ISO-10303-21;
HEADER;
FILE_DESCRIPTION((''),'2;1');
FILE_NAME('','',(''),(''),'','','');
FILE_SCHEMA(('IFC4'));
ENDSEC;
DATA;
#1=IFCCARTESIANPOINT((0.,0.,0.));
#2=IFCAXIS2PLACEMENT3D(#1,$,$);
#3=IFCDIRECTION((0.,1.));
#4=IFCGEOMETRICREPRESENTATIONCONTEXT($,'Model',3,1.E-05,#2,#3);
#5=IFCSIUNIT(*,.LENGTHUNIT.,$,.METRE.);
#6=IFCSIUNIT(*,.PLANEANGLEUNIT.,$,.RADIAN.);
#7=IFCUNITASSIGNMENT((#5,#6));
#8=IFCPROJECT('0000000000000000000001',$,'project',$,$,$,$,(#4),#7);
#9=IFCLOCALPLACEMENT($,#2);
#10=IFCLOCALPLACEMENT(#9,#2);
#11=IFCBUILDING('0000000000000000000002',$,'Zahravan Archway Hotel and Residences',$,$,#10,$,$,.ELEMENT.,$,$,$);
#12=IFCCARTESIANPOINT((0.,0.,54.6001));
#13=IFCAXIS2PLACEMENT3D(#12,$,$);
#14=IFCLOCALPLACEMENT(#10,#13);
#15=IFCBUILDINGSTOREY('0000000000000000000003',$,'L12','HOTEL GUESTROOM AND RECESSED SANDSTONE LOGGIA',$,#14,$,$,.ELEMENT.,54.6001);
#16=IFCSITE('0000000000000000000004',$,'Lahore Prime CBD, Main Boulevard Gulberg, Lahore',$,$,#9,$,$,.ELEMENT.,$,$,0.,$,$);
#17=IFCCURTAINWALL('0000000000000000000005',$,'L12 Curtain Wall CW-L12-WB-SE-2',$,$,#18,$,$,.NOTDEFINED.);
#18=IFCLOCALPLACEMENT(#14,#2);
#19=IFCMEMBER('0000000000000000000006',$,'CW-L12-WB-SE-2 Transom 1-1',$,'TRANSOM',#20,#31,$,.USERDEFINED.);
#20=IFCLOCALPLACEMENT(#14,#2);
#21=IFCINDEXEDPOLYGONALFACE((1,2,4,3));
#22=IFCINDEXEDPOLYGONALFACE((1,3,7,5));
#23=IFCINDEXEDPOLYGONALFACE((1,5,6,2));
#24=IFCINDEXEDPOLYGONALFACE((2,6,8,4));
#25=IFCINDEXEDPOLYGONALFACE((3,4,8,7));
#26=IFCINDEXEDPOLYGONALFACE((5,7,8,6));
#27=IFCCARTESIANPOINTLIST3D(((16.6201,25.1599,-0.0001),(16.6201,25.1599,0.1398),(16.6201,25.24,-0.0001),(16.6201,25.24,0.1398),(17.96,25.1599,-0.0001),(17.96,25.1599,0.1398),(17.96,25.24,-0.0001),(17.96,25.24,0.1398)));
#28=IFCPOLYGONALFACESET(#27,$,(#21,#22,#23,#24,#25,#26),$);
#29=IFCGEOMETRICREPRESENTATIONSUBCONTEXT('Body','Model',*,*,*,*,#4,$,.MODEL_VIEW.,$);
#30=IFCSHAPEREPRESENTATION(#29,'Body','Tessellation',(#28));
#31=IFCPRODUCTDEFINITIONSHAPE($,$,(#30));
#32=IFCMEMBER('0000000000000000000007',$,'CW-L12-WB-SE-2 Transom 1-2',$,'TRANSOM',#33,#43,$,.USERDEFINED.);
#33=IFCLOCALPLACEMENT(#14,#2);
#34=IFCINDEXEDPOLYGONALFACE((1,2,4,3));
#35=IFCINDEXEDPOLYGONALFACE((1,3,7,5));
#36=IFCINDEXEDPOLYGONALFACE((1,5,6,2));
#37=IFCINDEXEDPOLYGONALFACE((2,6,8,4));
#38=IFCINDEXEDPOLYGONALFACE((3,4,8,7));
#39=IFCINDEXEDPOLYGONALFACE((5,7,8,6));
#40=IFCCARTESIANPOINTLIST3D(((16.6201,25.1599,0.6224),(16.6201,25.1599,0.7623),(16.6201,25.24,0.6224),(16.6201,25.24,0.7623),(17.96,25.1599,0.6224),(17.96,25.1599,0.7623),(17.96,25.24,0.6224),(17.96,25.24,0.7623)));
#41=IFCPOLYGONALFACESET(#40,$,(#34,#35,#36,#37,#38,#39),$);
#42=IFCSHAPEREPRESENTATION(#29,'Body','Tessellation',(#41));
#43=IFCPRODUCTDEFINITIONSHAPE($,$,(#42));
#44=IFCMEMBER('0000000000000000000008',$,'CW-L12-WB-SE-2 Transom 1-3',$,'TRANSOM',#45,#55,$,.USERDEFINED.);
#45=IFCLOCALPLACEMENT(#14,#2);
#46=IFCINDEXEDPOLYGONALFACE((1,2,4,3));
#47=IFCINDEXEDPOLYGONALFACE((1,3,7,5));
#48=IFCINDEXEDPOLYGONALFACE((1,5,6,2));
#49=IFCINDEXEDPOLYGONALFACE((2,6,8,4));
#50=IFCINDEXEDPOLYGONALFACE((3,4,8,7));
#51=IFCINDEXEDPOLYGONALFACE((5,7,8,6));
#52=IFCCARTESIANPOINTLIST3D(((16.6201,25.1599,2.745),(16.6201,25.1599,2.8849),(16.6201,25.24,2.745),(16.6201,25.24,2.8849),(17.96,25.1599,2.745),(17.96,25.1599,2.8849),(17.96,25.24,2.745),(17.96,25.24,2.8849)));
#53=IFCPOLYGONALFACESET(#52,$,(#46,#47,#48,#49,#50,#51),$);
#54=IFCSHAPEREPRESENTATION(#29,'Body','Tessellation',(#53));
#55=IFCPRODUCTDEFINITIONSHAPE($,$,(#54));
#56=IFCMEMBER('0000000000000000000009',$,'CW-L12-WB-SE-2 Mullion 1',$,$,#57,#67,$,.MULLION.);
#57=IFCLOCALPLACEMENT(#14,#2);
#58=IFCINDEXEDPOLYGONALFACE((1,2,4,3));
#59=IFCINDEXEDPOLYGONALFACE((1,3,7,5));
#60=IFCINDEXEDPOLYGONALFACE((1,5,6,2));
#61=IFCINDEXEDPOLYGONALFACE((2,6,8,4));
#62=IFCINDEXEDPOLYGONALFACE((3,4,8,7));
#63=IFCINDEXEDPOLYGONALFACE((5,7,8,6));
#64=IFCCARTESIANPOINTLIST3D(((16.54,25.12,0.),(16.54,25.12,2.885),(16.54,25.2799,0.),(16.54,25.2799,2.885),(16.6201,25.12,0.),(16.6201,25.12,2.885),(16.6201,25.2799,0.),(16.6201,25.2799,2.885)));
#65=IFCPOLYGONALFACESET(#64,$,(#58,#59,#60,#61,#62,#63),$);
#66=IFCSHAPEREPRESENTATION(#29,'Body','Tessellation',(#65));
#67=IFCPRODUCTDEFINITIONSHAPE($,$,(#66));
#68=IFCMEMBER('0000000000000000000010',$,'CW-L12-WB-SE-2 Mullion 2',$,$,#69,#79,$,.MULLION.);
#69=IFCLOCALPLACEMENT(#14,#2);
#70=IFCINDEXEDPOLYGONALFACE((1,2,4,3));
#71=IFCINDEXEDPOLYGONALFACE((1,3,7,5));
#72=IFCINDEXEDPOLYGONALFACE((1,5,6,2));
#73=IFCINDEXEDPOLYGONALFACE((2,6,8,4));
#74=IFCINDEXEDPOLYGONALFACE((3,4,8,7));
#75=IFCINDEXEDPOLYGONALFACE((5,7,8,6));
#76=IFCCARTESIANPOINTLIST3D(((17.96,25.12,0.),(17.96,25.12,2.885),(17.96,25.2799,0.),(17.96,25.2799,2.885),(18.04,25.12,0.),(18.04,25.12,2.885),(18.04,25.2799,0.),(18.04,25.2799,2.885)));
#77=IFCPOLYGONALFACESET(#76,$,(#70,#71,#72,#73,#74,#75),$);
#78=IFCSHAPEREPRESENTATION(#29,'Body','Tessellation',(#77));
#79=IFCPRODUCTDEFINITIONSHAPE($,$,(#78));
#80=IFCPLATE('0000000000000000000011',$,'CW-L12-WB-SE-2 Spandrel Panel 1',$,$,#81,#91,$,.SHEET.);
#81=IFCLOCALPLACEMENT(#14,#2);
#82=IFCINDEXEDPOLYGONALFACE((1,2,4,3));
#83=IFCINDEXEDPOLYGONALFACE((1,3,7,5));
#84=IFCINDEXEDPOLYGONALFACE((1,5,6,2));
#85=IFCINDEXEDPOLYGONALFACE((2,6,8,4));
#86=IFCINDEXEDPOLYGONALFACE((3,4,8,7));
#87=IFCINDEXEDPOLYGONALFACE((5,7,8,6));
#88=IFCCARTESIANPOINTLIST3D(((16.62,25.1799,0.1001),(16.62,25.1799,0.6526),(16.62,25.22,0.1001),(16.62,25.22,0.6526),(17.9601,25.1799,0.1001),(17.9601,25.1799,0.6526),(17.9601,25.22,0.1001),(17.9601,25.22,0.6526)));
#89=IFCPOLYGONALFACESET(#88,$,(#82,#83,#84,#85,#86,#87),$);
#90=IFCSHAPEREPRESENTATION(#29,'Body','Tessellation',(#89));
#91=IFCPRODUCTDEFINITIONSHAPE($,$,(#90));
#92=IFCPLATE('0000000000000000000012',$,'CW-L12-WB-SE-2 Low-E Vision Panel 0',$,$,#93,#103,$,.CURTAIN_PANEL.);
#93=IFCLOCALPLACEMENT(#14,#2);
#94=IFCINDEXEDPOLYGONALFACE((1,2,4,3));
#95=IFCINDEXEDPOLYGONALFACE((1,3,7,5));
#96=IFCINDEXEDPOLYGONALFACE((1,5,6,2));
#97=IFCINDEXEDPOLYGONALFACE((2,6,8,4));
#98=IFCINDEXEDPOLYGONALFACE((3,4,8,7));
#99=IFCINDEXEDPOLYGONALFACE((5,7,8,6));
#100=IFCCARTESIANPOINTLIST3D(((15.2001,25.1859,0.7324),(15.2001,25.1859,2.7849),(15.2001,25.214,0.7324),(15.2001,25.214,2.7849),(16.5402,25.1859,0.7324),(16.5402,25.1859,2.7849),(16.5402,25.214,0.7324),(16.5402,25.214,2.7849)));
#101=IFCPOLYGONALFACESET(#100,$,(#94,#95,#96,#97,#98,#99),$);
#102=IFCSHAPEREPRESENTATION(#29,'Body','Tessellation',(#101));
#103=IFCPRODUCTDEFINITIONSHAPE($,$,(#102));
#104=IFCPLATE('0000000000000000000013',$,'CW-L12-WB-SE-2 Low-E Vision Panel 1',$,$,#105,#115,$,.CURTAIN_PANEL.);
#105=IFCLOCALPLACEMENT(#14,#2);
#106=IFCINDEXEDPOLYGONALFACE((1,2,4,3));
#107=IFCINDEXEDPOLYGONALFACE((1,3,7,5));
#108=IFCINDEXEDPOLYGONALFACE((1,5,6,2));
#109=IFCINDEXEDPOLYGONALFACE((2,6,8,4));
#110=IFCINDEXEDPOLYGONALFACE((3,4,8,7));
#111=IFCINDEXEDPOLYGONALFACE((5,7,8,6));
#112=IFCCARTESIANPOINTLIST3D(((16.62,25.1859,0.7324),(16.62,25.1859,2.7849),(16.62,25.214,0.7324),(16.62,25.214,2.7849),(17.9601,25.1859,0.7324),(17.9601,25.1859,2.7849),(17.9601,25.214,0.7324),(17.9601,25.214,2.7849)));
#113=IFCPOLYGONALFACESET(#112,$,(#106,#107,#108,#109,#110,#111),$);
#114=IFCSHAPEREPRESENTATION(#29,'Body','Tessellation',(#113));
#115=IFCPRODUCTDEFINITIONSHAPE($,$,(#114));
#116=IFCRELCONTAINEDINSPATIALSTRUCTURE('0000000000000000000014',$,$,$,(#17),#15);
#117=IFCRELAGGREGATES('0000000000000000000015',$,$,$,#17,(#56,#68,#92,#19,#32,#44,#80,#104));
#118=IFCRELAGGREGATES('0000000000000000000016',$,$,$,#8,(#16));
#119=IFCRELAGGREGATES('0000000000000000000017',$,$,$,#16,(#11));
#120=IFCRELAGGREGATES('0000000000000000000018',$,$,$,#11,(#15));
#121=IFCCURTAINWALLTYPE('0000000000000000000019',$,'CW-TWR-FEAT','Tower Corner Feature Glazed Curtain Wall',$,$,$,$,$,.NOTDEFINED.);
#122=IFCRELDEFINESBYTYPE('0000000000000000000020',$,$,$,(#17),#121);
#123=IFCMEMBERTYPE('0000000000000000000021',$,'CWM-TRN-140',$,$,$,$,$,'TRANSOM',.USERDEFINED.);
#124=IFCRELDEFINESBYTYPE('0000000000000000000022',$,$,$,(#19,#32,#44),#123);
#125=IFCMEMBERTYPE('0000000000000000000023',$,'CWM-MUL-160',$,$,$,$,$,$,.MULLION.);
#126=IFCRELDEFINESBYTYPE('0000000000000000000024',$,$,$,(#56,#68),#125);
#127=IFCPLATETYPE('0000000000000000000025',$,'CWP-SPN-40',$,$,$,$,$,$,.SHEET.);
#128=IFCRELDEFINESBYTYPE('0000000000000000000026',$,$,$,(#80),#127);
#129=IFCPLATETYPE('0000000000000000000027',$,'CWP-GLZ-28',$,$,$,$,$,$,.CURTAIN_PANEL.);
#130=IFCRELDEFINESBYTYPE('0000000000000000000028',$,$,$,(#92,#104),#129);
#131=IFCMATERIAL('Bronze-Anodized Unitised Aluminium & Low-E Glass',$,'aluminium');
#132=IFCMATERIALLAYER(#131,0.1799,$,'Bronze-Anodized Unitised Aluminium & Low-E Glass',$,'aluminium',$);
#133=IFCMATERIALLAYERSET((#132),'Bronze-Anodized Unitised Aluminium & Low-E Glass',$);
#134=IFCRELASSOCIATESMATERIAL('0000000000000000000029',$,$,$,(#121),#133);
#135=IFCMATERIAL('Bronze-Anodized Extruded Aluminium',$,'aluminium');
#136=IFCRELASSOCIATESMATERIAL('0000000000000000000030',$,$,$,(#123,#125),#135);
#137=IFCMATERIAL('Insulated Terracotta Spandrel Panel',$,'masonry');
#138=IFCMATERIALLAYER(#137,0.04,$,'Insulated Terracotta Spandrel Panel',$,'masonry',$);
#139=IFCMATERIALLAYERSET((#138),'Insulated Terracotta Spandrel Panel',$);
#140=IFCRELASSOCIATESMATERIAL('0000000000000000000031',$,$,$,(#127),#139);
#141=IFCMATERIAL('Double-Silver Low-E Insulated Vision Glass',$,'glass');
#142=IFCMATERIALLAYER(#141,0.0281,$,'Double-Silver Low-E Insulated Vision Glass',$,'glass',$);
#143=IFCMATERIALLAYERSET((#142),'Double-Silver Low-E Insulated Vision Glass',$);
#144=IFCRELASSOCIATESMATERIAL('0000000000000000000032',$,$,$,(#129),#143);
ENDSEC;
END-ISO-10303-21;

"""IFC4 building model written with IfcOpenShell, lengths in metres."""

from ifc_helpers import new_model, si_unit, direction, frame, origin, origin_2d, place, context, subcontext, project, spatial, rectangle, extrude, source, transform, mapped, material, layer, layer_set, material_profile, profile_set, type_object, element, aggregate, save


model = new_model("IFC4")

# Units and contexts
model_context = context("Model", 3, precision=1e-05, world=origin(), true_north=direction((0.0, 1.0)))
body_context = subcontext(model_context, "Body", "Model", "MODEL_VIEW")
ifc_project = project(units=[si_unit("LENGTHUNIT", "METRE"), si_unit("PLANEANGLEUNIT", "RADIAN")], contexts=[model_context])

# Site, building, storey
site_placement = place(None, origin())
site = spatial("IfcSite", under=ifc_project, at=site_placement, Name="Lahore Prime CBD, Main Boulevard Gulberg, Lahore", CompositionType="ELEMENT", RefElevation=0.0)
building_placement = place(site_placement, origin())
building = spatial("IfcBuilding", under=site, at=building_placement, Name="Zahravan Archway Hotel and Residences", CompositionType="ELEMENT")
storey_placement = place(building_placement, frame((0.0, 0.0, 54.6001)))
storey = spatial("IfcBuildingStorey", under=building, at=storey_placement, Name="L12", Description="HOTEL GUESTROOM AND RECESSED SANDSTONE LOGGIA", CompositionType="ELEMENT", Elevation=54.6001)

# Curtain wall, members, plates
ifc_material_1 = material(Name="Bronze-Anodized Unitised Aluminium & Low-E Glass", Category="aluminium")
ifc_layer_1 = layer(ifc_material_1, 0.1799, Name="Bronze-Anodized Unitised Aluminium & Low-E Glass", Category="aluminium")
ifc_layer_set_1 = layer_set([ifc_layer_1], Name="Bronze-Anodized Unitised Aluminium & Low-E Glass")
curtain_wall_type = type_object("IfcCurtainWallType", Name="CW-TWR-FEAT", Description="Tower Corner Feature Glazed Curtain Wall", PredefinedType="NOTDEFINED", material=ifc_layer_set_1)
curtain_wall_placement = place(storey_placement, origin())
curtain_wall = element("IfcCurtainWall", 1, at=curtain_wall_placement, inside=storey, type_object=curtain_wall_type, Name="L12 Curtain Wall CW-L12-WB-SE-2", PredefinedType="NOTDEFINED")
ifc_material_2 = material(Name="Bronze-Anodized Extruded Aluminium", Category="aluminium")
ifc_material_profile_1 = material_profile(ifc_material_2, rectangle(XDim=0.0801, YDim=0.1399, at=origin_2d()), Name="TRN 80x140", Category="aluminium")
ifc_profile_set_1 = profile_set([ifc_material_profile_1], Name="Bronze-Anodized Extruded Aluminium")
member_type_1 = type_object("IfcMemberType", Name="CWM-TRN-140", ElementType="TRANSOM", PredefinedType="USERDEFINED", material=ifc_profile_set_1)
shared_shape_1 = source(origin(), body_context, "Body", "SweptSolid", [
    extrude(rectangle(XDim=0.0801, YDim=0.1399, at=origin_2d()), origin(), (0.0, 0.0, 1.0), 1.3398),
])
member_1_placement = place(storey_placement, frame((16.6201, 25.2, 0.0698), z_axis=(1.0, 0.0, 0.0), x_axis=(0.0, 1.0, 0.0)))
member_1 = element("IfcMember", 2, at=member_1_placement, type_object=member_type_1, Name="CW-L12-WB-SE-2 Transom 1-1", ObjectType="TRANSOM", PredefinedType="USERDEFINED", context=body_context, shape_type="MappedRepresentation", body=[
    mapped(shared_shape_1, transform((0.0, 0.0, 0.0), scale=1.0)),
])
member_2_placement = place(storey_placement, frame((16.6201, 25.2, 0.6924), z_axis=(1.0, 0.0, 0.0), x_axis=(0.0, 1.0, 0.0)))
member_2 = element("IfcMember", 3, at=member_2_placement, type_object=member_type_1, Name="CW-L12-WB-SE-2 Transom 1-2", ObjectType="TRANSOM", PredefinedType="USERDEFINED", context=body_context, shape_type="MappedRepresentation", body=[
    mapped(shared_shape_1, transform((0.0, 0.0, 0.0), scale=1.0)),
])
member_3_placement = place(storey_placement, frame((16.6201, 25.2, 2.8149), z_axis=(1.0, 0.0, 0.0), x_axis=(0.0, 1.0, 0.0)))
member_3 = element("IfcMember", 4, at=member_3_placement, type_object=member_type_1, Name="CW-L12-WB-SE-2 Transom 1-3", ObjectType="TRANSOM", PredefinedType="USERDEFINED", context=body_context, shape_type="MappedRepresentation", body=[
    mapped(shared_shape_1, transform((0.0, 0.0, 0.0), scale=1.0)),
])
ifc_material_profile_2 = material_profile(ifc_material_2, rectangle(XDim=0.0801, YDim=0.1599, at=origin_2d()), Name="MUL 80x160", Category="aluminium")
ifc_profile_set_2 = profile_set([ifc_material_profile_2], Name="Bronze-Anodized Extruded Aluminium")
member_type_2 = type_object("IfcMemberType", Name="CWM-MUL-160", PredefinedType="MULLION", material=ifc_profile_set_2)
shared_shape_2 = source(origin(), body_context, "Body", "SweptSolid", [
    extrude(rectangle(XDim=0.0801, YDim=0.1599, at=origin_2d()), origin(), (0.0, 0.0, 1.0), 2.885),
])
member_4_placement = place(storey_placement, frame((16.5801, 25.2, 0.0), z_axis=(0.0, 0.0, 1.0), x_axis=(1.0, 0.0, 0.0)))
member_4 = element("IfcMember", 5, at=member_4_placement, type_object=member_type_2, Name="CW-L12-WB-SE-2 Mullion 1", PredefinedType="MULLION", context=body_context, shape_type="MappedRepresentation", body=[
    mapped(shared_shape_2, transform((0.0, 0.0, 0.0), scale=1.0)),
])
member_5_placement = place(storey_placement, frame((18.0, 25.2, 0.0), z_axis=(0.0, 0.0, 1.0), x_axis=(1.0, 0.0, 0.0)))
member_5 = element("IfcMember", 6, at=member_5_placement, type_object=member_type_2, Name="CW-L12-WB-SE-2 Mullion 2", PredefinedType="MULLION", context=body_context, shape_type="MappedRepresentation", body=[
    mapped(shared_shape_2, transform((0.0, 0.0, 0.0), scale=1.0)),
])
ifc_material_3 = material(Name="Insulated Terracotta Spandrel Panel", Category="masonry")
ifc_layer_2 = layer(ifc_material_3, 0.04, Name="Insulated Terracotta Spandrel Panel", Category="masonry")
ifc_layer_set_2 = layer_set([ifc_layer_2], Name="Insulated Terracotta Spandrel Panel")
plate_type_1 = type_object("IfcPlateType", Name="CWP-SPN-40", PredefinedType="SHEET", material=ifc_layer_set_2)
shared_shape_3 = source(origin(), body_context, "Body", "SweptSolid", [
    extrude(rectangle(XDim=1.3401, YDim=0.04, at=origin_2d()), origin(), (0.0, 0.0, 1.0), 0.5525),
])
plate_1_placement = place(storey_placement, frame((17.29, 25.2, 0.1001), z_axis=(0.0, 0.0, 1.0), x_axis=(1.0, 0.0, 0.0)))
plate_1 = element("IfcPlate", 7, at=plate_1_placement, type_object=plate_type_1, Name="CW-L12-WB-SE-2 Spandrel Panel 1", PredefinedType="SHEET", context=body_context, shape_type="MappedRepresentation", body=[
    mapped(shared_shape_3, transform((0.0, 0.0, 0.0), scale=1.0)),
])
ifc_material_4 = material(Name="Double-Silver Low-E Insulated Vision Glass", Category="glass")
ifc_layer_3 = layer(ifc_material_4, 0.0281, Name="Double-Silver Low-E Insulated Vision Glass", Category="glass")
ifc_layer_set_3 = layer_set([ifc_layer_3], Name="Double-Silver Low-E Insulated Vision Glass")
plate_type_2 = type_object("IfcPlateType", Name="CWP-GLZ-28", PredefinedType="CURTAIN_PANEL", material=ifc_layer_set_3)
shared_shape_4 = source(origin(), body_context, "Body", "SweptSolid", [
    extrude(rectangle(XDim=1.3401, YDim=0.0281, at=origin_2d()), origin(), (0.0, 0.0, 1.0), 2.0525),
])
plate_2_placement = place(storey_placement, frame((15.8701, 25.2, 0.7324), z_axis=(0.0, 0.0, 1.0), x_axis=(1.0, 0.0, 0.0)))
plate_2 = element("IfcPlate", 8, at=plate_2_placement, type_object=plate_type_2, Name="CW-L12-WB-SE-2 Low-E Vision Panel 0", PredefinedType="CURTAIN_PANEL", context=body_context, shape_type="MappedRepresentation", body=[
    mapped(shared_shape_4, transform((0.0, 0.0, 0.0), scale=1.0)),
])
plate_3_placement = place(storey_placement, frame((17.29, 25.2, 0.7324), z_axis=(0.0, 0.0, 1.0), x_axis=(1.0, 0.0, 0.0)))
plate_3 = element("IfcPlate", 9, at=plate_3_placement, type_object=plate_type_2, Name="CW-L12-WB-SE-2 Low-E Vision Panel 1", PredefinedType="CURTAIN_PANEL", context=body_context, shape_type="MappedRepresentation", body=[
    mapped(shared_shape_4, transform((0.0, 0.0, 0.0), scale=1.0)),
])
aggregate(curtain_wall, [member_4, member_5, plate_2, member_1, member_2, member_3, plate_1, plate_3])

save(model, "model.ifc")
